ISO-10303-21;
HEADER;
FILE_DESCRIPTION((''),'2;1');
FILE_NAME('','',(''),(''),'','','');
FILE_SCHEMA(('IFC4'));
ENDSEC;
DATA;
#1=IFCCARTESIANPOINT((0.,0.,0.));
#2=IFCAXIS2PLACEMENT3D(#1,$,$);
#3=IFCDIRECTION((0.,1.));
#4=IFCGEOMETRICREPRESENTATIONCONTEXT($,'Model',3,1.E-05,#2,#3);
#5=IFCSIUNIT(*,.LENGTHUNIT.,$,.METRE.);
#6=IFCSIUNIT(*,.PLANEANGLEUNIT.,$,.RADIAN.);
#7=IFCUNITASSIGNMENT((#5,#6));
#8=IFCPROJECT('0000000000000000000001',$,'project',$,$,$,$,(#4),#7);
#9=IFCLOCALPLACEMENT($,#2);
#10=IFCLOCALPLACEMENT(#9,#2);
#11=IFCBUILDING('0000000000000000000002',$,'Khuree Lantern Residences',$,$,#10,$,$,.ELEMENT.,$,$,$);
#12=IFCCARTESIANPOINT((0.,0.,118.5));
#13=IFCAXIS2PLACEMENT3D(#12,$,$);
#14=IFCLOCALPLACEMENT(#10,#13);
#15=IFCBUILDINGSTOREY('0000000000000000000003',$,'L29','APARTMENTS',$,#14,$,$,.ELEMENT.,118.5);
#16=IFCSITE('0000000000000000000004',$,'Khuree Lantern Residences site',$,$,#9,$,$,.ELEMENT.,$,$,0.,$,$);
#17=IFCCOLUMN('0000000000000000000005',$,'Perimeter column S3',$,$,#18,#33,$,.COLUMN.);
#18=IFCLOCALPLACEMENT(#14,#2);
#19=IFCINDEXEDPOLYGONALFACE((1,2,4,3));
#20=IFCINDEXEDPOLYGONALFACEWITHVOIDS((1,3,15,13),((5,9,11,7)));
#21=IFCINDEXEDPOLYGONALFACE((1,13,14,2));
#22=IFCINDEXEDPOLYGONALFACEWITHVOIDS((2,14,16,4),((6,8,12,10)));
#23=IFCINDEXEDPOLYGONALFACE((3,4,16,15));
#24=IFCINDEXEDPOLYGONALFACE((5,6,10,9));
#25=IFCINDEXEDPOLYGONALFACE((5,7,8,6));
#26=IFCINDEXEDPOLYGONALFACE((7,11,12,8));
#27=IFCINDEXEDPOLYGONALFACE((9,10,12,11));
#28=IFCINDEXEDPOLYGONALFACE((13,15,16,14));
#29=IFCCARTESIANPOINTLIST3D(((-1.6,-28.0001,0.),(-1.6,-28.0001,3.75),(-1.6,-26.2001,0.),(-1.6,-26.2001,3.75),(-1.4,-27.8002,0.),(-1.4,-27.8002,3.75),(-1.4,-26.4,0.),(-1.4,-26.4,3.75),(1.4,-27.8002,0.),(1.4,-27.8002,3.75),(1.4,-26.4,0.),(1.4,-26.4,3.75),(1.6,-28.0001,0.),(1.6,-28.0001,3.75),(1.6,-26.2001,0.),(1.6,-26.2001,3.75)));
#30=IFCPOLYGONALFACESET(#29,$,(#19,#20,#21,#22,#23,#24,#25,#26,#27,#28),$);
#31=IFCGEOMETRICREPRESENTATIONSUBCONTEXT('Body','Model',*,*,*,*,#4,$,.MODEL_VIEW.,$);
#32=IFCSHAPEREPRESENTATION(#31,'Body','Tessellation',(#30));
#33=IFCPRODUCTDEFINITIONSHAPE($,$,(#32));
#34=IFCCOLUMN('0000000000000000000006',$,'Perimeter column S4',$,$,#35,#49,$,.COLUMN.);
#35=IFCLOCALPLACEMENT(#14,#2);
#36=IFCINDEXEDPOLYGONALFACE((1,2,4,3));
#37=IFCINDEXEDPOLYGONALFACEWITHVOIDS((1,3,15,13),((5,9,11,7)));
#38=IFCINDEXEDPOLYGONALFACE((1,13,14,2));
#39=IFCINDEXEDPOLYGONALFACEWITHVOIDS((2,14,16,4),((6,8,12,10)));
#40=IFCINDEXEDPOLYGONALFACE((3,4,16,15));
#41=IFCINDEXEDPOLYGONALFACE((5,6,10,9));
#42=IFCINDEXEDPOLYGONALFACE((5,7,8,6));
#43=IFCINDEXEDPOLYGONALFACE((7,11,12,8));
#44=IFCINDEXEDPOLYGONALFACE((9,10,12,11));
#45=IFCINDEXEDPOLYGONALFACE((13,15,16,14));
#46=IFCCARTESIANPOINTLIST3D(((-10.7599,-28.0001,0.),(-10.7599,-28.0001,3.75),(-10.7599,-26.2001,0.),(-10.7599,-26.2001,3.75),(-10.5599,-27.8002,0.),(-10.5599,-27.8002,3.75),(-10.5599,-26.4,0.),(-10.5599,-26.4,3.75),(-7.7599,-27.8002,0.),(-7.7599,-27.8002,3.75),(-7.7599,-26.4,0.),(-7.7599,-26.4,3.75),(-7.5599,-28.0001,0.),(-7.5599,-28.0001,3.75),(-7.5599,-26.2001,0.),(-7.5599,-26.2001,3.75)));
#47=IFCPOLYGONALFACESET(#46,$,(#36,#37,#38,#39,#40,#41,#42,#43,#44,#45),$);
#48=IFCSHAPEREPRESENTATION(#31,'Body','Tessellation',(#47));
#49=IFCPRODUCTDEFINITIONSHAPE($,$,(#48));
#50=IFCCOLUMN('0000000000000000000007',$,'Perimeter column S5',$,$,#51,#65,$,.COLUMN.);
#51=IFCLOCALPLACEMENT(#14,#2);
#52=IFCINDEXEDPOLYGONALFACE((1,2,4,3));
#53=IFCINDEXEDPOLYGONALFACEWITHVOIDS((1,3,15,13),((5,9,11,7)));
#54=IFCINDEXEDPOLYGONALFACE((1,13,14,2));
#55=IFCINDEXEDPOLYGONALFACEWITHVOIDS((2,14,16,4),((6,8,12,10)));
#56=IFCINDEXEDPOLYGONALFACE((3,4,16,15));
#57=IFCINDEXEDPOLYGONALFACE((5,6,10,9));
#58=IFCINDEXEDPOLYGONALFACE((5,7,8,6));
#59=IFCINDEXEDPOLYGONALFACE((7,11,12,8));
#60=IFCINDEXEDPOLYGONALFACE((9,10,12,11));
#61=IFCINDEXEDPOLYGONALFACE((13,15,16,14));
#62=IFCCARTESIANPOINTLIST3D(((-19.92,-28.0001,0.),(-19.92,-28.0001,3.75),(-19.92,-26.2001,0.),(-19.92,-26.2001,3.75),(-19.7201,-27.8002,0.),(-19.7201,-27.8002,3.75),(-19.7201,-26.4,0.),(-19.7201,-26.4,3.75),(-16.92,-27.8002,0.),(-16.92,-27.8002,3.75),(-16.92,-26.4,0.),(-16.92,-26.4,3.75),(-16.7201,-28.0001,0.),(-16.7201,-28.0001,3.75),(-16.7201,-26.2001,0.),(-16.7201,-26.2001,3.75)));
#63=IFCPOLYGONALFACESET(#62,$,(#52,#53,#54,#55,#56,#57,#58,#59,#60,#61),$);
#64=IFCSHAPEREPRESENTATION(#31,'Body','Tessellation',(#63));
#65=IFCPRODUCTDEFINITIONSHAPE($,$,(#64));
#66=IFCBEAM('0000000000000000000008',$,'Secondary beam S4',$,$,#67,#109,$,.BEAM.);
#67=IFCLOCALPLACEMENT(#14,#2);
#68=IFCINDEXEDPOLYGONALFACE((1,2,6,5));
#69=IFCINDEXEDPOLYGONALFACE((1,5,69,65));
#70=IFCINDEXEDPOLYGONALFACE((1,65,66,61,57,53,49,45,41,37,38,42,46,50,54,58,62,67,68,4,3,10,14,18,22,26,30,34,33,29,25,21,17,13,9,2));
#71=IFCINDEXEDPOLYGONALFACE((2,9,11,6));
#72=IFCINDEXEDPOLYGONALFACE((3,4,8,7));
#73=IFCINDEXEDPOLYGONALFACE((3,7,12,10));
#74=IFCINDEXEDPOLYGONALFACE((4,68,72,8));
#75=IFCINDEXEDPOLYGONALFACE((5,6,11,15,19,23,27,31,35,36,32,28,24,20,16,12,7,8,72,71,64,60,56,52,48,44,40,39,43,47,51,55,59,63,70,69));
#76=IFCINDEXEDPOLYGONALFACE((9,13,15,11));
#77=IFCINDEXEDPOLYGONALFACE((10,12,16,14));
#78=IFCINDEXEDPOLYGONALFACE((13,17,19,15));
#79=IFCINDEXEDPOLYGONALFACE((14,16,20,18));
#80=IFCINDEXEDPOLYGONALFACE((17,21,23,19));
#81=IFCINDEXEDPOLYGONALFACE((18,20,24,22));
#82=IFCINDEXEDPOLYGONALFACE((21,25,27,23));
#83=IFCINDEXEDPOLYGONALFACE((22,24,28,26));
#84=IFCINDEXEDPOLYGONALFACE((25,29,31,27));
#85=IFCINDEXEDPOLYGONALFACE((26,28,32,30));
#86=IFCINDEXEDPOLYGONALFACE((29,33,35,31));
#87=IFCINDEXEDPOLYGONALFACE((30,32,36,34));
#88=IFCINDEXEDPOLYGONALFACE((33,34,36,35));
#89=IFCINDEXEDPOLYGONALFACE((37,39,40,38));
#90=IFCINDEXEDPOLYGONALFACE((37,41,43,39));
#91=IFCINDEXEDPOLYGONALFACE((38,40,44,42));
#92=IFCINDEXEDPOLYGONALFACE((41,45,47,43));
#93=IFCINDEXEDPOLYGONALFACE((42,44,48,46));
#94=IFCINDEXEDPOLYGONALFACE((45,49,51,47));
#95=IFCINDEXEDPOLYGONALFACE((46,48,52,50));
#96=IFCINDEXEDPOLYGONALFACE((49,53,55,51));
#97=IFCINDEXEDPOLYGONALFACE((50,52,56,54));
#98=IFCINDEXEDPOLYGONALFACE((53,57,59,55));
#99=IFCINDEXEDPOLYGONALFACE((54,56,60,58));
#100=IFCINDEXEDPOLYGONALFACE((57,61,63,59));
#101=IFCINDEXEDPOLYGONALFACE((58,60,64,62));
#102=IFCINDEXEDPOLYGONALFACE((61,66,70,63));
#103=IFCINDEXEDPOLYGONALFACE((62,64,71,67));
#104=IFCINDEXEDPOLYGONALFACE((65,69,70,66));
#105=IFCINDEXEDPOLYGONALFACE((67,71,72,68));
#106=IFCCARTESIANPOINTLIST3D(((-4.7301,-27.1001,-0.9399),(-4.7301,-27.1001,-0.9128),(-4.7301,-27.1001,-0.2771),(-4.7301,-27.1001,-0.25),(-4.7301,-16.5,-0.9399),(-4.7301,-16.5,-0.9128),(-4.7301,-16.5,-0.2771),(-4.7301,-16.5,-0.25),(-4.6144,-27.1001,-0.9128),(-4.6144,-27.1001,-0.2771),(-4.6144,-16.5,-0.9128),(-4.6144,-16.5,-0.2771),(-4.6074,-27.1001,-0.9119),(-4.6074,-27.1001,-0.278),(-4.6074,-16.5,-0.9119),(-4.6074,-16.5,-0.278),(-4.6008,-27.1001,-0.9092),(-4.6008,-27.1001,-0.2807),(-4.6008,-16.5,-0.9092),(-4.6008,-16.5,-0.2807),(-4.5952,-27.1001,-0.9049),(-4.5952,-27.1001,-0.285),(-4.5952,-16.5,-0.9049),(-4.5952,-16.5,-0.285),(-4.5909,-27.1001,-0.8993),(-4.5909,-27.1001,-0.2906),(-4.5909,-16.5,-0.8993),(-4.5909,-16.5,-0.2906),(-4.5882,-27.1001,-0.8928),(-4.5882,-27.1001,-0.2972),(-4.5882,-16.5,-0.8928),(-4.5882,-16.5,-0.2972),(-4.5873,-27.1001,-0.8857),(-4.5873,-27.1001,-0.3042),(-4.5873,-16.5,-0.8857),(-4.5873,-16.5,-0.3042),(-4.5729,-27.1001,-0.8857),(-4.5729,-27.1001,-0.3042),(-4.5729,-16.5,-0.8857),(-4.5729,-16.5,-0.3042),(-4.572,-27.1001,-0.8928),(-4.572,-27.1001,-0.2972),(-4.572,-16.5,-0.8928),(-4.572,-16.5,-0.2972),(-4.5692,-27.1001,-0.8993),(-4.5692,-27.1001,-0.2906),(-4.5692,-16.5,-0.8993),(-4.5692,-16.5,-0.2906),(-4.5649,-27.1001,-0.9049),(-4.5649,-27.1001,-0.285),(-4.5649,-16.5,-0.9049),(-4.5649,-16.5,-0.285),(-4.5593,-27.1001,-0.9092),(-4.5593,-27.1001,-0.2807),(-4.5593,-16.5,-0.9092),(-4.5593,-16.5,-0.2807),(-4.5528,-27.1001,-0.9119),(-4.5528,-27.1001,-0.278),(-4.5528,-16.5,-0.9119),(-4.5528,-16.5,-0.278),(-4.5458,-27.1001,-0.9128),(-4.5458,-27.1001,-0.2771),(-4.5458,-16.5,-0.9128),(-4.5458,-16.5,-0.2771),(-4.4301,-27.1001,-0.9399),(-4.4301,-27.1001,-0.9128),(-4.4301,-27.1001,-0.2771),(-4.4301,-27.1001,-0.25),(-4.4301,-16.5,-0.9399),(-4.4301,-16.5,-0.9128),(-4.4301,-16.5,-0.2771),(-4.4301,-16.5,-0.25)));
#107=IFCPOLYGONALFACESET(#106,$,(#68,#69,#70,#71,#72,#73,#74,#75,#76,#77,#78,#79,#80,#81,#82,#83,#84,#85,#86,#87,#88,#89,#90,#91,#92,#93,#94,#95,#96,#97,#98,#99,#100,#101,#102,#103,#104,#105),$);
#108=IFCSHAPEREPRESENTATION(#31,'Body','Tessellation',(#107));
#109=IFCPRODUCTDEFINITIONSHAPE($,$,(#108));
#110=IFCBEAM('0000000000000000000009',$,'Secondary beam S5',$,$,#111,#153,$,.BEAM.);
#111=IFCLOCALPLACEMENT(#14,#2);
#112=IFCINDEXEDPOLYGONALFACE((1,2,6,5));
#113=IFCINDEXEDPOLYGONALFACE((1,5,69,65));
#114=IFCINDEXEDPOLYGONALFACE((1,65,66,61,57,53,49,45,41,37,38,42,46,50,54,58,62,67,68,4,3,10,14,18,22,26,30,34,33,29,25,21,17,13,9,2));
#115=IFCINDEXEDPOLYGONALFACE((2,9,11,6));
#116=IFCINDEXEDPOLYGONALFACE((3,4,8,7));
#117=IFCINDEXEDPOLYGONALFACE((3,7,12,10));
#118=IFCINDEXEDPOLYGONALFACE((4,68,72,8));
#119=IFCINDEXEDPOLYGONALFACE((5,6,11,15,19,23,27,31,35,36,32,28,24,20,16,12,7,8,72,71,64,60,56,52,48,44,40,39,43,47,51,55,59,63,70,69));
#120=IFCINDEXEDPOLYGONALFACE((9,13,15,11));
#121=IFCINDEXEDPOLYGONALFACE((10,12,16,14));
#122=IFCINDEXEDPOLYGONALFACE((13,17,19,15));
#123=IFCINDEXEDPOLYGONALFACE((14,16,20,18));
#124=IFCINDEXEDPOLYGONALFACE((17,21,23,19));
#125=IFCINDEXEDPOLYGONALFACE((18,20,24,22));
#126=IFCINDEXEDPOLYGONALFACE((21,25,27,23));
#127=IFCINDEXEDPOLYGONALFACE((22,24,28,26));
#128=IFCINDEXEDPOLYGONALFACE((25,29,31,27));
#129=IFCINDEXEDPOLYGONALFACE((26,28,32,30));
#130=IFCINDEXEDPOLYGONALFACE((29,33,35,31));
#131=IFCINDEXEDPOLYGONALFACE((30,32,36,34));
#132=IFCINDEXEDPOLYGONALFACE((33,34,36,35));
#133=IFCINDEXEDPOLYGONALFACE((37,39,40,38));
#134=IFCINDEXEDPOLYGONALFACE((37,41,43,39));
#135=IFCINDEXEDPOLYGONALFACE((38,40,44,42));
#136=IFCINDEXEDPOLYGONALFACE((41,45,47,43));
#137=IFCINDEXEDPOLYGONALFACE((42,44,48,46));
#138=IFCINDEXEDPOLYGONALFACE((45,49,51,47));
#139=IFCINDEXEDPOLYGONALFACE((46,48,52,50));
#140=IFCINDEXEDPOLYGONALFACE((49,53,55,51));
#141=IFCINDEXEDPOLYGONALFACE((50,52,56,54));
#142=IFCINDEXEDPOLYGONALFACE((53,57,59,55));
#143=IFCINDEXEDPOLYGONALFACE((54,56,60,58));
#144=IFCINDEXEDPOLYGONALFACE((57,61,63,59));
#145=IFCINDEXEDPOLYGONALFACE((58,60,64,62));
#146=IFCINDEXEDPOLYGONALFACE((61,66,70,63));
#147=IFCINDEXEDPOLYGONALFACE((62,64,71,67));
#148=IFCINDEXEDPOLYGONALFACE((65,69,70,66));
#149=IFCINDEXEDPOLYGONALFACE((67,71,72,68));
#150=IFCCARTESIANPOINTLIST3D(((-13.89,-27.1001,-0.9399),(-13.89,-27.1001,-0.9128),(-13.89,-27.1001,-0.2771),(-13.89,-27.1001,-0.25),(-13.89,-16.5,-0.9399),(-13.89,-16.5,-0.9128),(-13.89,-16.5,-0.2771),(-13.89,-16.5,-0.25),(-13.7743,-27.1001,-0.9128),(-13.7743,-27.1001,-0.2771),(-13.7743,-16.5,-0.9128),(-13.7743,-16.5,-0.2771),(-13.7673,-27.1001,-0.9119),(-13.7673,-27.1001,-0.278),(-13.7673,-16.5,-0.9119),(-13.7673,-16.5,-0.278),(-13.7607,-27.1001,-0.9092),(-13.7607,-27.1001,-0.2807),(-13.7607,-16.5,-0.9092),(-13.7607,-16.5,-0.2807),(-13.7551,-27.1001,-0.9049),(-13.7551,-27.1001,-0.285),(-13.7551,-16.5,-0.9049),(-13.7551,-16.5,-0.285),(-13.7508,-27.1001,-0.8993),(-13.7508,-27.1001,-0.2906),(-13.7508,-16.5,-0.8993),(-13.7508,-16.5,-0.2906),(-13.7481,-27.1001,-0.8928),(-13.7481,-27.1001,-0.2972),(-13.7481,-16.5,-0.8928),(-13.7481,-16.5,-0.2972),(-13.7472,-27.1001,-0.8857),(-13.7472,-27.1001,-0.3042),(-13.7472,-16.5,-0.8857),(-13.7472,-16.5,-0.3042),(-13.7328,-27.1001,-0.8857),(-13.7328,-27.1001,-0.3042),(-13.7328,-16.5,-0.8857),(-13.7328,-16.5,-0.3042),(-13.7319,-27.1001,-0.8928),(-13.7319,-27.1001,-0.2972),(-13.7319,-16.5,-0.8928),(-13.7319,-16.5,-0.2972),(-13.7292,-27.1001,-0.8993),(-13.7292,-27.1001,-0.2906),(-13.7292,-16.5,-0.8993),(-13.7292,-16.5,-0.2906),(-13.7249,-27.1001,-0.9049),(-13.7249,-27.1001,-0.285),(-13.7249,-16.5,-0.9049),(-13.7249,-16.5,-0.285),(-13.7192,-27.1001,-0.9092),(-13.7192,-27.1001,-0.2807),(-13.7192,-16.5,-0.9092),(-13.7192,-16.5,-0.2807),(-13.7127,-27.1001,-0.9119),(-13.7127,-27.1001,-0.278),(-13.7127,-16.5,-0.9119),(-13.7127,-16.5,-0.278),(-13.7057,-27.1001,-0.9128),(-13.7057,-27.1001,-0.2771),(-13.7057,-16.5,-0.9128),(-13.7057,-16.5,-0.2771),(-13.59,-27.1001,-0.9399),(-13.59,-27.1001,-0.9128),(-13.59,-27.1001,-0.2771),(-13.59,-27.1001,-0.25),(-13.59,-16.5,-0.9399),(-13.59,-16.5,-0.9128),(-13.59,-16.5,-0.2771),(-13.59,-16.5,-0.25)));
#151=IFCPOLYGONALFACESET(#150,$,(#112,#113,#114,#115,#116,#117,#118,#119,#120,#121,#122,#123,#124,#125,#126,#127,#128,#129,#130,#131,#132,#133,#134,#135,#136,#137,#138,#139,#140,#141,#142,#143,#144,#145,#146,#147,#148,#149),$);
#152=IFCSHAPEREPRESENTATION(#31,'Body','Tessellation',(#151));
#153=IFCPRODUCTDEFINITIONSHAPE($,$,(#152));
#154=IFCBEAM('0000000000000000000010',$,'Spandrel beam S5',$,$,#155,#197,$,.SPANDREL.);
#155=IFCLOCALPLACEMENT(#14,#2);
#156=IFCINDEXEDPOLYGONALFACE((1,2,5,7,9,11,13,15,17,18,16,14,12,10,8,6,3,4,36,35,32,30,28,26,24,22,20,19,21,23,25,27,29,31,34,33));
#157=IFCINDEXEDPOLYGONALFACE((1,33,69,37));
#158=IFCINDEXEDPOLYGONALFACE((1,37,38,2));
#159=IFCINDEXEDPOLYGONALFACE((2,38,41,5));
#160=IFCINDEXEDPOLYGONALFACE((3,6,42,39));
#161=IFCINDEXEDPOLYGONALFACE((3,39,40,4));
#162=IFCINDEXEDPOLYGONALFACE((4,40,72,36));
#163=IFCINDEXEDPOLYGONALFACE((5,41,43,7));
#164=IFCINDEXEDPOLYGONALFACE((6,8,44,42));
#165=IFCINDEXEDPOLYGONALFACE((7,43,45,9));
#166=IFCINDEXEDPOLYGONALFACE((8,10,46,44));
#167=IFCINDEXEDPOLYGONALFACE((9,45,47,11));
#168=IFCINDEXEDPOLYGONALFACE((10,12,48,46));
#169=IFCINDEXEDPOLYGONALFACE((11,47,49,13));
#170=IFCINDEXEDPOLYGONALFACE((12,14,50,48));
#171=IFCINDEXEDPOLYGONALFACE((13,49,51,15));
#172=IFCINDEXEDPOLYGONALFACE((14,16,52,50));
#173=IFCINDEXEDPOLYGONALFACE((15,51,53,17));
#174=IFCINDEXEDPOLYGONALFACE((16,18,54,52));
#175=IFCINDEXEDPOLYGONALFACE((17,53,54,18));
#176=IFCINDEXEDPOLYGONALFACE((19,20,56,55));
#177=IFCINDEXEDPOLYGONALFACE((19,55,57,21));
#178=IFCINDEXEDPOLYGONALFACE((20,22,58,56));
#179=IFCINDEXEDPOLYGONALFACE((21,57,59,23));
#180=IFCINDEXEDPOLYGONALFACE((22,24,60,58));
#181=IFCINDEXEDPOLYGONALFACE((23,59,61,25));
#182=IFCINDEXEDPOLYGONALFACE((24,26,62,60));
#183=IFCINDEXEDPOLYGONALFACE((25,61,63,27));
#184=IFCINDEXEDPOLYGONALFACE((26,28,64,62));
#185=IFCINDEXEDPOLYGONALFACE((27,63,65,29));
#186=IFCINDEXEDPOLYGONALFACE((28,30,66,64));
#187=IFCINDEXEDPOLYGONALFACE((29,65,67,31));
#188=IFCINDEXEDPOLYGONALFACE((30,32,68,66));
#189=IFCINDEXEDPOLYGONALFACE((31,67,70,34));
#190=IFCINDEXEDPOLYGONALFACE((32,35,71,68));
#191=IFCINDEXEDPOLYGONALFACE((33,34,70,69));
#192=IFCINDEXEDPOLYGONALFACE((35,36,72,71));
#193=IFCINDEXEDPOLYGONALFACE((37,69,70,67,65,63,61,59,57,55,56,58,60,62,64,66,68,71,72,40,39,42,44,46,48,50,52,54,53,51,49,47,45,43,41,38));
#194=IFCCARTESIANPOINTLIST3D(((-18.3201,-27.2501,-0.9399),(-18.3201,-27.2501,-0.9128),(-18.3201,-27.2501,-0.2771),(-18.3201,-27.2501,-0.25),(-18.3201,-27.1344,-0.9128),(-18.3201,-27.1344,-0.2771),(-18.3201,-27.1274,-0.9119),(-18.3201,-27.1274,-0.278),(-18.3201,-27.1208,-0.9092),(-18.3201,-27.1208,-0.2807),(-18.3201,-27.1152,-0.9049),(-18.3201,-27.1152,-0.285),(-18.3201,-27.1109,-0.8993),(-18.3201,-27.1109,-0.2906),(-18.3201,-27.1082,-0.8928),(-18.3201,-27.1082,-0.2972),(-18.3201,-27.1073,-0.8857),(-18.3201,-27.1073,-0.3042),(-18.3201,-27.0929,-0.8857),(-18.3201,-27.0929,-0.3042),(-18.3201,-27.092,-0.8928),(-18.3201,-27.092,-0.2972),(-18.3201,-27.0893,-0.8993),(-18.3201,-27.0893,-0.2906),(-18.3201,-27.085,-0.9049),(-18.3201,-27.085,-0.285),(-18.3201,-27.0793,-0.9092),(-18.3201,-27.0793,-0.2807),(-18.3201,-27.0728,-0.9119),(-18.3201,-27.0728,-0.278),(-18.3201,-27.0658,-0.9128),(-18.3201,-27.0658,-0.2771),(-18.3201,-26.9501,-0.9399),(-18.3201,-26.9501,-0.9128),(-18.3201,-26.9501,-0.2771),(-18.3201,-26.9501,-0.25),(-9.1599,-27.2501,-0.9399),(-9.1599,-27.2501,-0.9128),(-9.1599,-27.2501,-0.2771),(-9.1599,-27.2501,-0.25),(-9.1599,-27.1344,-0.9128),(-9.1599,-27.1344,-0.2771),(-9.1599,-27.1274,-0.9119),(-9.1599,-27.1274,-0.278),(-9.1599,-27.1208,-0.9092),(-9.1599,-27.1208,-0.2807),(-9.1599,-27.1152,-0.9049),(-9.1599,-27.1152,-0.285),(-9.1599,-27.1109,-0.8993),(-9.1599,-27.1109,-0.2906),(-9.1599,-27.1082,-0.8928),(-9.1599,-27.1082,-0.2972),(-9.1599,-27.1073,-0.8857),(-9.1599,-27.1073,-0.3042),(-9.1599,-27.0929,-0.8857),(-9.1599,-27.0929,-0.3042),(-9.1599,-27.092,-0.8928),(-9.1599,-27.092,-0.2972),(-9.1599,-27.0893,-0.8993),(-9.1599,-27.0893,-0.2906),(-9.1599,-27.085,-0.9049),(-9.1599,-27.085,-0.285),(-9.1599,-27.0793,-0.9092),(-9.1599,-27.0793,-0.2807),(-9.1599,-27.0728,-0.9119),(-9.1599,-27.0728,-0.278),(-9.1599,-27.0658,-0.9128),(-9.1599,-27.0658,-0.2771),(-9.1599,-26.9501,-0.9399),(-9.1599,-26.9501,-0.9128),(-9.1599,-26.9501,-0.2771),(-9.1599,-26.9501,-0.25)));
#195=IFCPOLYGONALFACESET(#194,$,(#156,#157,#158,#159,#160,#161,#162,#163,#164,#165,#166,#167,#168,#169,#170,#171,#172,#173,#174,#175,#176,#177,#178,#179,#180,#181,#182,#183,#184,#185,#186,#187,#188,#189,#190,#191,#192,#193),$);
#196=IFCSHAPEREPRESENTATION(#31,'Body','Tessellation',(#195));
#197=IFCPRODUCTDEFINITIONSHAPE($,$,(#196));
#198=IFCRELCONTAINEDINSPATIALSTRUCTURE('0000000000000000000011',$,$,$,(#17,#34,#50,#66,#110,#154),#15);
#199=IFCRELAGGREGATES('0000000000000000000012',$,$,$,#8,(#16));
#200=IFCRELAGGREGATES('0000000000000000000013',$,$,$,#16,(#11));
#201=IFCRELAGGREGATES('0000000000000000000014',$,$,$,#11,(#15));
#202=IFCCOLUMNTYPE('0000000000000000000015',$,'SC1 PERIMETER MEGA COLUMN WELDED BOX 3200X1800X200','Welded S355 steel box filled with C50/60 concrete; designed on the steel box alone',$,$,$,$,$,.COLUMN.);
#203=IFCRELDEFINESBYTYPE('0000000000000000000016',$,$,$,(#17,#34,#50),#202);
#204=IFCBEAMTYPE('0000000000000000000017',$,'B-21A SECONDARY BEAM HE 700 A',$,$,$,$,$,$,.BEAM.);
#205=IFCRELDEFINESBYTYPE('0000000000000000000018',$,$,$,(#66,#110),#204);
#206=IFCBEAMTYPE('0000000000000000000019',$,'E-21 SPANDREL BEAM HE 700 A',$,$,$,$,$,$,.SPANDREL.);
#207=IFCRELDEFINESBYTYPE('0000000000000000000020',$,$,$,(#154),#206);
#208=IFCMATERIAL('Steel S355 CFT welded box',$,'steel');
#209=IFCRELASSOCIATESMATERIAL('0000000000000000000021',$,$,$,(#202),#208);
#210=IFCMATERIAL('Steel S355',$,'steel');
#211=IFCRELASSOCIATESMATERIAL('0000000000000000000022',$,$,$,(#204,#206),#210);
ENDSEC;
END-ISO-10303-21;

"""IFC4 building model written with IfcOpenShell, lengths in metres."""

from ifc_helpers import new_model, si_unit, direction, frame, origin, origin_2d, place, context, subcontext, project, spatial, hollow_rectangle, i_section, extrude, material, material_profile, profile_set, type_object, element, save


model = new_model("IFC4")

# Units and contexts
model_context = context("Model", 3, precision=1e-05, world=origin(), true_north=direction((0.0, 1.0)))
body_context = subcontext(model_context, "Body", "Model", "MODEL_VIEW")
ifc_project = project(units=[si_unit("LENGTHUNIT", "METRE"), si_unit("PLANEANGLEUNIT", "RADIAN")], contexts=[model_context])

# Site, building, storey
site_placement = place(None, origin())
site = spatial("IfcSite", under=ifc_project, at=site_placement, Name="Khuree Lantern Residences site", CompositionType="ELEMENT", RefElevation=0.0)
building_placement = place(site_placement, origin())
building = spatial("IfcBuilding", under=site, at=building_placement, Name="Khuree Lantern Residences", CompositionType="ELEMENT")
storey_placement = place(building_placement, frame((0.0, 0.0, 118.5)))
storey = spatial("IfcBuildingStorey", under=building, at=storey_placement, Name="L29", Description="APARTMENTS", CompositionType="ELEMENT", Elevation=118.5)

# Columns
ifc_material_1 = material(Name="Steel S355 CFT welded box", Category="steel")
ifc_material_profile_1 = material_profile(ifc_material_1, hollow_rectangle(XDim=3.2, YDim=1.8, WallThickness=0.2, at=origin_2d()), Name="WELDED BOX 3200X1800X200")
ifc_profile_set_1 = profile_set([ifc_material_profile_1], Name="Steel S355 CFT welded box")
column_type = type_object("IfcColumnType", Name="SC1 PERIMETER MEGA COLUMN WELDED BOX 3200X1800X200", Description="Welded S355 steel box filled with C50/60 concrete; designed on the steel box alone", PredefinedType="COLUMN", material=ifc_profile_set_1)
for number, where, z_axis, x_axis, name in (
    (1, (0.0, -27.1001, 0.0), (0.0, 0.0, 1.0), (1.0, 0.0, 0.0), "Perimeter column S3"),
    (2, (-9.1599, -27.1001, 0.0), (0.0, 0.0, 1.0), (1.0, 0.0, 0.0), "Perimeter column S4"),
    (3, (-18.3201, -27.1001, 0.0), (0.0, 0.0, 1.0), (1.0, 0.0, 0.0), "Perimeter column S5"),
):
    element("IfcColumn", number, at=place(storey_placement, frame(where, z_axis=z_axis, x_axis=x_axis)), inside=storey, type_object=column_type, Name=name, PredefinedType="COLUMN", context=body_context, shape_type="SweptSolid", body=[
        extrude(hollow_rectangle(XDim=3.2, YDim=1.8, WallThickness=0.2, at=origin_2d()), origin(), (0.0, 0.0, 1.0), 3.75),
    ])

# Beams
ifc_material_2 = material(Name="Steel S355", Category="steel")
ifc_material_profile_2 = material_profile(ifc_material_2, i_section(OverallWidth=0.3, OverallDepth=0.6899, WebThickness=0.0144, FlangeThickness=0.0271, FilletRadius=0.0271, at=origin_2d()), Name="HE 700 A")
ifc_profile_set_2 = profile_set([ifc_material_profile_2], Name="Steel S355")
beam_type_1 = type_object("IfcBeamType", Name="B-21A SECONDARY BEAM HE 700 A", PredefinedType="BEAM", material=ifc_profile_set_2)
for number, where, z_axis, x_axis, name in (
    (4, (-4.5801, -27.1001, -0.595), (0.0, 1.0, 0.0), (-1.0, 0.0, 0.0), "Secondary beam S4"),
    (5, (-13.74, -27.1001, -0.595), (0.0, 1.0, 0.0), (-1.0, 0.0, 0.0), "Secondary beam S5"),
):
    element("IfcBeam", number, at=place(storey_placement, frame(where, z_axis=z_axis, x_axis=x_axis)), inside=storey, type_object=beam_type_1, Name=name, PredefinedType="BEAM", context=body_context, shape_type="SweptSolid", body=[
        extrude(i_section(OverallWidth=0.3, OverallDepth=0.6899, WebThickness=0.0144, FlangeThickness=0.0271, FilletRadius=0.0271, at=origin_2d()), origin(), (0.0, 0.0, 1.0), 10.6001),
    ])
ifc_material_profile_3 = material_profile(ifc_material_2, i_section(OverallWidth=0.3, OverallDepth=0.6899, WebThickness=0.0144, FlangeThickness=0.0271, FilletRadius=0.0271, at=origin_2d()), Name="HE 700 A")
ifc_profile_set_3 = profile_set([ifc_material_profile_3], Name="Steel S355")
beam_type_2 = type_object("IfcBeamType", Name="E-21 SPANDREL BEAM HE 700 A", PredefinedType="SPANDREL", material=ifc_profile_set_3)
beam_1_placement = place(storey_placement, frame((-9.1599, -27.1001, -0.595), z_axis=(-1.0, 0.0, 0.0), x_axis=(0.0, -1.0, 0.0)))
element("IfcBeam", 6, at=beam_1_placement, inside=storey, type_object=beam_type_2, Name="Spandrel beam S5", PredefinedType="SPANDREL", context=body_context, shape_type="SweptSolid", body=[
    extrude(i_section(OverallWidth=0.3, OverallDepth=0.6899, WebThickness=0.0144, FlangeThickness=0.0271, FilletRadius=0.0271, at=origin_2d()), origin(), (0.0, 0.0, 1.0), 9.1602),
])

save(model, "model.ifc")
